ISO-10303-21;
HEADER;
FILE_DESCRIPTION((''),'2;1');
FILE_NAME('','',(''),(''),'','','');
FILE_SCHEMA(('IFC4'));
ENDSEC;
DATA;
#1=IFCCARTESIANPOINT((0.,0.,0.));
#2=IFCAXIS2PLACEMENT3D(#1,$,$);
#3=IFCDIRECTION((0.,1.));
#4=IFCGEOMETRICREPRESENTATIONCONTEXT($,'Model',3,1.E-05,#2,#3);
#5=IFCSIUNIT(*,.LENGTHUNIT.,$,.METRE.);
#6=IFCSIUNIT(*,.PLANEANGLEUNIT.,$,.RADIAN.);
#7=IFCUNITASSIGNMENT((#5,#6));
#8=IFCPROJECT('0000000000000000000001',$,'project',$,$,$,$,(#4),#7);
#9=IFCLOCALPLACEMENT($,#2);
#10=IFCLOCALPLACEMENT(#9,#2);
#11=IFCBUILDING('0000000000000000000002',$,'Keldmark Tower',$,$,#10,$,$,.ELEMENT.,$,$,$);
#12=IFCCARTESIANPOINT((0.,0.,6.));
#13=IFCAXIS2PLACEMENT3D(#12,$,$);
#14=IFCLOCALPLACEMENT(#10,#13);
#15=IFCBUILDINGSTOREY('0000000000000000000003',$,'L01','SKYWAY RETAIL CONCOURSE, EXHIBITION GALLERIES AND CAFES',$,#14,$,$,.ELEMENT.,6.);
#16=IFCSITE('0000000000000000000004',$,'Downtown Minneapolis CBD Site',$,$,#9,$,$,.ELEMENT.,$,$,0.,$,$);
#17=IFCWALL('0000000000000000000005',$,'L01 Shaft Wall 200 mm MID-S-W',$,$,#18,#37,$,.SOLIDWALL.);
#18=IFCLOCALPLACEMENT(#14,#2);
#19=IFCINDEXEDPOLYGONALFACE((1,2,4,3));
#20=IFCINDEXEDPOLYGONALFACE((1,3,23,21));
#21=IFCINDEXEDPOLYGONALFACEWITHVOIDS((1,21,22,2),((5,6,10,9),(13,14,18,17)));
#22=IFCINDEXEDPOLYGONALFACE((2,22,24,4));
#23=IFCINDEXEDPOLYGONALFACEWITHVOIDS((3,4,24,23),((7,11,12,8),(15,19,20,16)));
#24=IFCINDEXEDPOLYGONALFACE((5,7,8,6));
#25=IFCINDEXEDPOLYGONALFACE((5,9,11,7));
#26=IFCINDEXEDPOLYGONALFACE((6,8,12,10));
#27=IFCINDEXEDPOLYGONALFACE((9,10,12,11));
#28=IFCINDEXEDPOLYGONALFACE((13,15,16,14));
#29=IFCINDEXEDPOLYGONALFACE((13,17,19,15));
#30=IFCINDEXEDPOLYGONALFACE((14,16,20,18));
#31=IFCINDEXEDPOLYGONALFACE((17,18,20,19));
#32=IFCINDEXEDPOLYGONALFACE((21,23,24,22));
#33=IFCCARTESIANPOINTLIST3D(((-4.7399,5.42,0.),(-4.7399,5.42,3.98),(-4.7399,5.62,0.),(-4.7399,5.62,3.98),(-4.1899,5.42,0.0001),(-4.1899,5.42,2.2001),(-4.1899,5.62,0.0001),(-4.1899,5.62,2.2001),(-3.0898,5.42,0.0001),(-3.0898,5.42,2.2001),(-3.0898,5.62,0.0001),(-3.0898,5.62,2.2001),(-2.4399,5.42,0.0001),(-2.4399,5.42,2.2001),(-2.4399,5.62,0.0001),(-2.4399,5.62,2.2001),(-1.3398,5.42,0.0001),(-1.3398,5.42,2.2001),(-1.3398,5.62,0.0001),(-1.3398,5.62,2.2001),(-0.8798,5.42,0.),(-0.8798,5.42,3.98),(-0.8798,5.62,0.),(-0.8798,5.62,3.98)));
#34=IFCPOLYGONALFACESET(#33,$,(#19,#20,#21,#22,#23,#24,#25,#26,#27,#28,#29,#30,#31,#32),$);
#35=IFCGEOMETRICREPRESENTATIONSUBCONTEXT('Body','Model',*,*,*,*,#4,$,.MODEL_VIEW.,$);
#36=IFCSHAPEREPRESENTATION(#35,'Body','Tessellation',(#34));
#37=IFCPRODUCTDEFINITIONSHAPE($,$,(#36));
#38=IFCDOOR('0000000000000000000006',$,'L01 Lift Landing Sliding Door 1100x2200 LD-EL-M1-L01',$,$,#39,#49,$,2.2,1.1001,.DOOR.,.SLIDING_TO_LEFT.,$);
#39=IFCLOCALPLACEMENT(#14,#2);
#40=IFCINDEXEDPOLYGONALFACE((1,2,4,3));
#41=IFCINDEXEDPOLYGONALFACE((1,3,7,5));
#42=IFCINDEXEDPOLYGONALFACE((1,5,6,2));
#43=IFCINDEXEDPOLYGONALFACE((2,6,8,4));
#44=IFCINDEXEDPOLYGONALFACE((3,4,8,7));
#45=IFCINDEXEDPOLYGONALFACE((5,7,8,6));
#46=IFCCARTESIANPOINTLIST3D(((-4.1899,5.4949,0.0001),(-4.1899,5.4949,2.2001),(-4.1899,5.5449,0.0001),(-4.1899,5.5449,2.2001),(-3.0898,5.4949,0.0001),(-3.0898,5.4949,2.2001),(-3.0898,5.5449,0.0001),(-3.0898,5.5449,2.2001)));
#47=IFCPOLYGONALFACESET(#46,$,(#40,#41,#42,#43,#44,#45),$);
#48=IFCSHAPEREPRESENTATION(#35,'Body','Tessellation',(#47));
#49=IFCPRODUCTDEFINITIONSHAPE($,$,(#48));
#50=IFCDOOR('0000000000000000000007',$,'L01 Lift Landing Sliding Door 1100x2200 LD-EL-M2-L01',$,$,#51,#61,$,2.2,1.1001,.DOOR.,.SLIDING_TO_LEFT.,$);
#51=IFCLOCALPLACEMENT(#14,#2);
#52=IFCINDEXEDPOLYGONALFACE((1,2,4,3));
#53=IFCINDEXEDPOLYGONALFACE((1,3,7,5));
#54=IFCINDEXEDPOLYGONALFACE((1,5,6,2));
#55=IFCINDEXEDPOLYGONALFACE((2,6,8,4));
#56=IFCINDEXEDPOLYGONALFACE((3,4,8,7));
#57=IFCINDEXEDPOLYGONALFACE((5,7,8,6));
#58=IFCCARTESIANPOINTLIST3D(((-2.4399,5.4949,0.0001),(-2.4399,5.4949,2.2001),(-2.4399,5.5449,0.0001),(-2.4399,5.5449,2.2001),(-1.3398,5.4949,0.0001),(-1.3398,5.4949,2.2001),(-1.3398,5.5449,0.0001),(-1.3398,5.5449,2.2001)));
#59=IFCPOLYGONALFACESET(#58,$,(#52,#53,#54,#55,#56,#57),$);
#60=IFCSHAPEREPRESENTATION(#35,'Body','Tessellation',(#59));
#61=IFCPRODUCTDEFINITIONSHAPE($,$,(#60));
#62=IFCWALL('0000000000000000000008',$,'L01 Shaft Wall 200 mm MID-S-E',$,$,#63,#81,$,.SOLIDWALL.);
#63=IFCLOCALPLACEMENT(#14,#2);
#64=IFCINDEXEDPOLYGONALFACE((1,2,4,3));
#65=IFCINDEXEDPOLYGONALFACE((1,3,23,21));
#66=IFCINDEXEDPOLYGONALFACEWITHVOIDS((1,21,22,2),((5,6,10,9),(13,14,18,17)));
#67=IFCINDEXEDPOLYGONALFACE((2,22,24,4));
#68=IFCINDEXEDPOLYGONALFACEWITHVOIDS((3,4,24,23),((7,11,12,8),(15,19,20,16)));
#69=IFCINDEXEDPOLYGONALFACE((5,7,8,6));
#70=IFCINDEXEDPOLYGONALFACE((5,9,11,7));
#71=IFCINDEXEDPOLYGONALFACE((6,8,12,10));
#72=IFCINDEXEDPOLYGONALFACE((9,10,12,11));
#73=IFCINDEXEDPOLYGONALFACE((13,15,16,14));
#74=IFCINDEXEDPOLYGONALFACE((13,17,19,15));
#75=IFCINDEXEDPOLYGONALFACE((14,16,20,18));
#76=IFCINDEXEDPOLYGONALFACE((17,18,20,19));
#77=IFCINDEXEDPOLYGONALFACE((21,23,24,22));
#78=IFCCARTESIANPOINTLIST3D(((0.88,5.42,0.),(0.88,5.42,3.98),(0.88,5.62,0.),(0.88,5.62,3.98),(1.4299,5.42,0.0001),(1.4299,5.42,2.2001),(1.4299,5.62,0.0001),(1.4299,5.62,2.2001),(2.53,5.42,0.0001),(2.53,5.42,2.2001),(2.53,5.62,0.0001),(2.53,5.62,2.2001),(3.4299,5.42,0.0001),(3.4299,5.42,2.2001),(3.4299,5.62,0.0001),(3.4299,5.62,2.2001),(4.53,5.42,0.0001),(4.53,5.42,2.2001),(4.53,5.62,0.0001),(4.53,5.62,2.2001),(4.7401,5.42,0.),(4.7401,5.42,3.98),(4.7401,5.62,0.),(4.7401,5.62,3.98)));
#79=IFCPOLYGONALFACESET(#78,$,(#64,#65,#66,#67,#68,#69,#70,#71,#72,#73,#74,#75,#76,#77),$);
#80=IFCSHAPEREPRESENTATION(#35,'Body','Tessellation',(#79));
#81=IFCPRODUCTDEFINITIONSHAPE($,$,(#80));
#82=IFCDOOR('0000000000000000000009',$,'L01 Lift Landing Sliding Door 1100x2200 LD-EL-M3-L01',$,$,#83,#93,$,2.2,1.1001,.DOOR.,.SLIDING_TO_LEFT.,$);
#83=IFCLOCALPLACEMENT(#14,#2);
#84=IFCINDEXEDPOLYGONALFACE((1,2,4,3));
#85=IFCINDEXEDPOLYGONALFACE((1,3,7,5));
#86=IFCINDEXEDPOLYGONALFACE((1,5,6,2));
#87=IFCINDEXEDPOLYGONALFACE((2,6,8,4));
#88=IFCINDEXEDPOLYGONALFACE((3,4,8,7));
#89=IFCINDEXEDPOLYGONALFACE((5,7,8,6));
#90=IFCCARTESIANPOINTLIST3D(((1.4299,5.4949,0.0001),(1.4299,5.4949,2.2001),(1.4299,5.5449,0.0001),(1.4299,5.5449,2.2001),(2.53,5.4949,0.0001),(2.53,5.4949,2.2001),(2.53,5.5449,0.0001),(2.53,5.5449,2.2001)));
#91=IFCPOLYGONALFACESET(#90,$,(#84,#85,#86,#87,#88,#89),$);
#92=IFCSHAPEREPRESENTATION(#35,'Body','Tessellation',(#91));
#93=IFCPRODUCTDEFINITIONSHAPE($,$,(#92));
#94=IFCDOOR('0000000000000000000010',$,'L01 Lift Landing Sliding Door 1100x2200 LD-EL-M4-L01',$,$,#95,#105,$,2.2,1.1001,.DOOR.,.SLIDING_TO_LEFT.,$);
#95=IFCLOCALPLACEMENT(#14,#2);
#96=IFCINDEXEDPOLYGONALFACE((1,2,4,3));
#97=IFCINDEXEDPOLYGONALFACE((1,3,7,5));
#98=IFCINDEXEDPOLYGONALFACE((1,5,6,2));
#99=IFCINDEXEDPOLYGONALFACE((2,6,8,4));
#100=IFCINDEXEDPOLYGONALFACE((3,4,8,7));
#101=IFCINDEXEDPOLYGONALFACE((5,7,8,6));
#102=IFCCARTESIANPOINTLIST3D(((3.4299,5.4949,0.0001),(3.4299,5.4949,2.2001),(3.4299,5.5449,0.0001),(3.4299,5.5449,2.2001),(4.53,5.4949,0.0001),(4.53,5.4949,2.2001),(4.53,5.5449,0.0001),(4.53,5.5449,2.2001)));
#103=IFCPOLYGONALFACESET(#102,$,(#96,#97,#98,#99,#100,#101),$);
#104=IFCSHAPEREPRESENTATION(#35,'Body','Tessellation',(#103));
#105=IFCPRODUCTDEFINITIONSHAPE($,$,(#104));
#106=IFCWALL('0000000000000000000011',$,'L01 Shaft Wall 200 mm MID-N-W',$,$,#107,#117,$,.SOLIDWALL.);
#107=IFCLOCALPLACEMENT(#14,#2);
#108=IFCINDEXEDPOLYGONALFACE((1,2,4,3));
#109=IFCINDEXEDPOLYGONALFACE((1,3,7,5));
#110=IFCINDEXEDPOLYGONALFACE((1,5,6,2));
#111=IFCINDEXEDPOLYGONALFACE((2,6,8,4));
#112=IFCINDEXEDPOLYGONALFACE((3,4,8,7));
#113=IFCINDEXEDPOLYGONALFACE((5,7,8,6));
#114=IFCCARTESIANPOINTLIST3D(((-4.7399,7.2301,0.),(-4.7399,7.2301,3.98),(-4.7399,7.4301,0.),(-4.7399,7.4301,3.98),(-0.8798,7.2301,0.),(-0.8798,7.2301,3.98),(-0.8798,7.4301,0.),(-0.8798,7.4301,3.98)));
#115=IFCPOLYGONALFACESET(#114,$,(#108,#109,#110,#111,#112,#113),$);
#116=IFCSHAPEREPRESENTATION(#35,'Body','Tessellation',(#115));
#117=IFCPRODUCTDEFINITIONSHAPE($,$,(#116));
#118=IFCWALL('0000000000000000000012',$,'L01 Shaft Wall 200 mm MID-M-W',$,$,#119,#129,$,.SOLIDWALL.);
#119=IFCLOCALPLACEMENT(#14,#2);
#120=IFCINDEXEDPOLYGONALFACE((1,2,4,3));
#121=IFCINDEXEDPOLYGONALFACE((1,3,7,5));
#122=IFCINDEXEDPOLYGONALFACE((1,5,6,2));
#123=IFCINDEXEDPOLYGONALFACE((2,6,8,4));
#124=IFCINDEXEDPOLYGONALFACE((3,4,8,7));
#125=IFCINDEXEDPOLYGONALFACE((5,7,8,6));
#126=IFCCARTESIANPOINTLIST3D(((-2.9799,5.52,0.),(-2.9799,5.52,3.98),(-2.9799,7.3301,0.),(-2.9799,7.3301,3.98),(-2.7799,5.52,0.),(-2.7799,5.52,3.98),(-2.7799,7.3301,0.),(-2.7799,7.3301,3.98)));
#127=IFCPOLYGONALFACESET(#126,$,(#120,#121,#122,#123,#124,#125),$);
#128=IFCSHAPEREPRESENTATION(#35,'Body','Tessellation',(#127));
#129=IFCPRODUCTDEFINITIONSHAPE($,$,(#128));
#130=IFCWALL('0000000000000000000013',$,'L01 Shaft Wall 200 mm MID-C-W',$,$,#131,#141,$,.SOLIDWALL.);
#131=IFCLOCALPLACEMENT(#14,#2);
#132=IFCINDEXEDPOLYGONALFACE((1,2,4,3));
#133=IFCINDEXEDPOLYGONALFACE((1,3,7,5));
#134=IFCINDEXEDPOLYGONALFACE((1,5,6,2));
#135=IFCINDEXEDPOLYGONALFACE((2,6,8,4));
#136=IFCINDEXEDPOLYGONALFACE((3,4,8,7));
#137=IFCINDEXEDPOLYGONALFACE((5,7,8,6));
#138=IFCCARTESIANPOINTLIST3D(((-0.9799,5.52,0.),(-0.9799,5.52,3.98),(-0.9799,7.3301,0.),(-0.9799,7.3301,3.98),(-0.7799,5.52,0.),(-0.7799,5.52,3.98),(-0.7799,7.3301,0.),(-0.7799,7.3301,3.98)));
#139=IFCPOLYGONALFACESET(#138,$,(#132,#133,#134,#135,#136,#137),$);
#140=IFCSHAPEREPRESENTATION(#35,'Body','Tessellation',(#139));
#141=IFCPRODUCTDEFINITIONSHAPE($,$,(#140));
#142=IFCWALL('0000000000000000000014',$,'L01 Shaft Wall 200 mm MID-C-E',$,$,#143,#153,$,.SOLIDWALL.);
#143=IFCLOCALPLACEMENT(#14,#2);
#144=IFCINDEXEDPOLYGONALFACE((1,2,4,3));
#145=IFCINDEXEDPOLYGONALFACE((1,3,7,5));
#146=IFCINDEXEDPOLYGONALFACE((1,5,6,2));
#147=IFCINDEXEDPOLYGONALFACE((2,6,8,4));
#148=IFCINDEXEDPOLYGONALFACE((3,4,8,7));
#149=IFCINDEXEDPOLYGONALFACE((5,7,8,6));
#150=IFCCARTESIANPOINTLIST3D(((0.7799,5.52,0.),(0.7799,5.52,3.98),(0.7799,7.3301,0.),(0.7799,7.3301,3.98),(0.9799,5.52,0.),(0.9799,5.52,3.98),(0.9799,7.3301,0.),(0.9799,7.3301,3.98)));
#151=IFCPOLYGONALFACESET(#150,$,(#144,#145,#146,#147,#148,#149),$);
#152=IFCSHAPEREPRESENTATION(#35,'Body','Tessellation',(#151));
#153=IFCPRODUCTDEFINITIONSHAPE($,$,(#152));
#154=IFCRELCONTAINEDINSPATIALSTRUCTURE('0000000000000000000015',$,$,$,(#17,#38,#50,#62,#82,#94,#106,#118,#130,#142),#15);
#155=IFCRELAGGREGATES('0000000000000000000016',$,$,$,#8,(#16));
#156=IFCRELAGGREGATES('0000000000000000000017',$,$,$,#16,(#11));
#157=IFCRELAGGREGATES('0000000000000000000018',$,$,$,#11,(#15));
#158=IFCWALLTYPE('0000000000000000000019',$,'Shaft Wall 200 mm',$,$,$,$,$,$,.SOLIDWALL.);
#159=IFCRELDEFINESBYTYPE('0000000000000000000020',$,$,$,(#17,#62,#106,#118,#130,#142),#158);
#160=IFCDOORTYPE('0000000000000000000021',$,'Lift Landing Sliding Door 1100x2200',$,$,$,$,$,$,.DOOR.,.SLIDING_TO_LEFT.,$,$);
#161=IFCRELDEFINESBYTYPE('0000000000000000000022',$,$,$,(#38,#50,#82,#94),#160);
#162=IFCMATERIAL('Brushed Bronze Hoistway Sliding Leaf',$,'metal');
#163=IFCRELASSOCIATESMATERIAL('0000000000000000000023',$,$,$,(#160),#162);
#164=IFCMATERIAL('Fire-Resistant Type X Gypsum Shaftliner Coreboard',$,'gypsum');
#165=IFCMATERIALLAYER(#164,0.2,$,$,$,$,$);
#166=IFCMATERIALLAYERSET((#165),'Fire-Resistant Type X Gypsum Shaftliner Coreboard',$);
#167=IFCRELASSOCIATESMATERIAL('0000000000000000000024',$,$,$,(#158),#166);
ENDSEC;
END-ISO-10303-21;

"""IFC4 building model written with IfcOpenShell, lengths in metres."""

from ifc_helpers import new_model, si_unit, direction, frame, frame_2d, origin, place, context, subcontext, project, spatial, rectangle, extrude, material, layer, layer_set, type_object, element, fill, save


model = new_model("IFC4")

# Units and contexts
model_context = context("Model", 3, precision=1e-05, world=origin(), true_north=direction((0.0, 1.0)))
body_context = subcontext(model_context, "Body", "Model", "MODEL_VIEW")
ifc_project = project(units=[si_unit("LENGTHUNIT", "METRE"), si_unit("PLANEANGLEUNIT", "RADIAN")], contexts=[model_context])

# Site, building, storey
site_placement = place(None, origin())
site = spatial("IfcSite", under=ifc_project, at=site_placement, Name="Downtown Minneapolis CBD Site", CompositionType="ELEMENT", RefElevation=0.0)
building_placement = place(site_placement, origin())
building = spatial("IfcBuilding", under=site, at=building_placement, Name="Keldmark Tower", CompositionType="ELEMENT")
storey_placement = place(building_placement, frame((0.0, 0.0, 6.0)))
storey = spatial("IfcBuildingStorey", under=building, at=storey_placement, Name="L01", Description="SKYWAY RETAIL CONCOURSE, EXHIBITION GALLERIES AND CAFES", CompositionType="ELEMENT", Elevation=6.0)

# Shared definitions
ifc_material_1 = material(Name="Brushed Bronze Hoistway Sliding Leaf", Category="metal")
door_type_1 = type_object("IfcDoorType", Name="Lift Landing Sliding Door 1100x2200", OperationType="SLIDING_TO_LEFT", PredefinedType="DOOR", material=ifc_material_1)
ifc_material_2 = material(Name="Fire-Resistant Type X Gypsum Shaftliner Coreboard", Category="gypsum")
ifc_layer_1 = layer(ifc_material_2, 0.2)
ifc_layer_set_1 = layer_set([ifc_layer_1], Name="Fire-Resistant Type X Gypsum Shaftliner Coreboard")
wall_type_1 = type_object("IfcWallType", Name="Shaft Wall 200 mm", PredefinedType="SOLIDWALL", material=ifc_layer_set_1)

# Walls, openings, doors
wall_1_placement = place(storey_placement, frame((-4.74, 5.52, 0.0), z_axis=(0.0, 0.0, 1.0), x_axis=(1.0, 0.0, 0.0)))
wall_1 = element("IfcWall", 1, at=wall_1_placement, inside=storey, type_object=wall_type_1, Name="L01 Shaft Wall 200 mm MID-S-W", PredefinedType="SOLIDWALL", context=body_context, shape_type="SweptSolid", body=[
    extrude(rectangle(XDim=3.8601, YDim=0.2, at=frame_2d((1.9302, 0.0))), origin(), (0.0, 0.0, 1.0), 3.98),
])
opening_1_placement = place(wall_1_placement, frame((0.55, 0.0, 0.0)))
opening_1 = element("IfcOpeningElement", 2, at=opening_1_placement, cuts=wall_1, PredefinedType="OPENING", context=body_context, shape_type="SweptSolid", body=[
    extrude(rectangle(XDim=1.1001, YDim=2.2, at=frame_2d((0.55, 1.1001))), frame((0.0, 0.1099, 0.0), z_axis=(0.0, -1.0, 0.0), x_axis=(1.0, 0.0, 0.0)), (0.0, 0.0, 1.0), 0.22),
])
opening_2_placement = place(wall_1_placement, frame((2.3, 0.0, 0.0)))
opening_2 = element("IfcOpeningElement", 3, at=opening_2_placement, cuts=wall_1, PredefinedType="OPENING", context=body_context, shape_type="SweptSolid", body=[
    extrude(rectangle(XDim=1.1001, YDim=2.2, at=frame_2d((0.55, 1.1001))), frame((0.0, 0.1099, 0.0), z_axis=(0.0, -1.0, 0.0), x_axis=(1.0, 0.0, 0.0)), (0.0, 0.0, 1.0), 0.22),
])
door_1_placement = place(opening_1_placement, origin())
door_1 = element("IfcDoor", 4, at=door_1_placement, inside=storey, type_object=door_type_1, Name="L01 Lift Landing Sliding Door 1100x2200 LD-EL-M1-L01", OperationType="SLIDING_TO_LEFT", OverallHeight=2.2, OverallWidth=1.1001, PredefinedType="DOOR", context=body_context, shape_type="SweptSolid", body=[
    extrude(rectangle(XDim=1.1001, YDim=2.2, at=frame_2d((0.55, 1.1001))), frame((0.0, 0.0249, 0.0), z_axis=(0.0, -1.0, 0.0), x_axis=(1.0, 0.0, 0.0)), (0.0, 0.0, 1.0), 0.05),
])
fill(opening_1, door_1)
door_2_placement = place(opening_2_placement, origin())
door_2 = element("IfcDoor", 5, at=door_2_placement, inside=storey, type_object=door_type_1, Name="L01 Lift Landing Sliding Door 1100x2200 LD-EL-M2-L01", OperationType="SLIDING_TO_LEFT", OverallHeight=2.2, OverallWidth=1.1001, PredefinedType="DOOR", context=body_context, shape_type="SweptSolid", body=[
    extrude(rectangle(XDim=1.1001, YDim=2.2, at=frame_2d((0.55, 1.1001))), frame((0.0, 0.0249, 0.0), z_axis=(0.0, -1.0, 0.0), x_axis=(1.0, 0.0, 0.0)), (0.0, 0.0, 1.0), 0.05),
])
fill(opening_2, door_2)
wall_2_placement = place(storey_placement, frame((0.8799, 5.52, 0.0), z_axis=(0.0, 0.0, 1.0), x_axis=(1.0, 0.0, 0.0)))
wall_2 = element("IfcWall", 6, at=wall_2_placement, inside=storey, type_object=wall_type_1, Name="L01 Shaft Wall 200 mm MID-S-E", PredefinedType="SOLIDWALL", context=body_context, shape_type="SweptSolid", body=[
    extrude(rectangle(XDim=3.8601, YDim=0.2, at=frame_2d((1.9302, 0.0))), origin(), (0.0, 0.0, 1.0), 3.98),
])
opening_3_placement = place(wall_2_placement, frame((0.55, 0.0, 0.0)))
opening_3 = element("IfcOpeningElement", 7, at=opening_3_placement, cuts=wall_2, PredefinedType="OPENING", context=body_context, shape_type="SweptSolid", body=[
    extrude(rectangle(XDim=1.1001, YDim=2.2, at=frame_2d((0.55, 1.1001))), frame((0.0, 0.1099, 0.0), z_axis=(0.0, -1.0, 0.0), x_axis=(1.0, 0.0, 0.0)), (0.0, 0.0, 1.0), 0.22),
])
opening_4_placement = place(wall_2_placement, frame((2.55, 0.0, 0.0)))
opening_4 = element("IfcOpeningElement", 8, at=opening_4_placement, cuts=wall_2, PredefinedType="OPENING", context=body_context, shape_type="SweptSolid", body=[
    extrude(rectangle(XDim=1.1001, YDim=2.2, at=frame_2d((0.55, 1.1001))), frame((0.0, 0.1099, 0.0), z_axis=(0.0, -1.0, 0.0), x_axis=(1.0, 0.0, 0.0)), (0.0, 0.0, 1.0), 0.22),
])
door_3_placement = place(opening_3_placement, origin())
door_3 = element("IfcDoor", 9, at=door_3_placement, inside=storey, type_object=door_type_1, Name="L01 Lift Landing Sliding Door 1100x2200 LD-EL-M3-L01", OperationType="SLIDING_TO_LEFT", OverallHeight=2.2, OverallWidth=1.1001, PredefinedType="DOOR", context=body_context, shape_type="SweptSolid", body=[
    extrude(rectangle(XDim=1.1001, YDim=2.2, at=frame_2d((0.55, 1.1001))), frame((0.0, 0.0249, 0.0), z_axis=(0.0, -1.0, 0.0), x_axis=(1.0, 0.0, 0.0)), (0.0, 0.0, 1.0), 0.05),
])
fill(opening_3, door_3)
door_4_placement = place(opening_4_placement, origin())
door_4 = element("IfcDoor", 10, at=door_4_placement, inside=storey, type_object=door_type_1, Name="L01 Lift Landing Sliding Door 1100x2200 LD-EL-M4-L01", OperationType="SLIDING_TO_LEFT", OverallHeight=2.2, OverallWidth=1.1001, PredefinedType="DOOR", context=body_context, shape_type="SweptSolid", body=[
    extrude(rectangle(XDim=1.1001, YDim=2.2, at=frame_2d((0.55, 1.1001))), frame((0.0, 0.0249, 0.0), z_axis=(0.0, -1.0, 0.0), x_axis=(1.0, 0.0, 0.0)), (0.0, 0.0, 1.0), 0.05),
])
fill(opening_4, door_4)

# Walls
wall_3_placement = place(storey_placement, frame((-4.74, 7.3301, 0.0), z_axis=(0.0, 0.0, 1.0), x_axis=(1.0, 0.0, 0.0)))
element("IfcWall", 11, at=wall_3_placement, inside=storey, type_object=wall_type_1, Name="L01 Shaft Wall 200 mm MID-N-W", PredefinedType="SOLIDWALL", context=body_context, shape_type="SweptSolid", body=[
    extrude(rectangle(XDim=3.8601, YDim=0.2, at=frame_2d((1.9302, 0.0))), origin(), (0.0, 0.0, 1.0), 3.98),
])
for number, where, z_axis, x_axis, name in (
    (12, (-2.8799, 5.52, 0.0), (0.0, 0.0, 1.0), (0.0, 1.0, 0.0), "L01 Shaft Wall 200 mm MID-M-W"),
    (13, (-0.8799, 5.52, 0.0), (0.0, 0.0, 1.0), (0.0, 1.0, 0.0), "L01 Shaft Wall 200 mm MID-C-W"),
    (14, (0.8799, 5.52, 0.0), (0.0, 0.0, 1.0), (0.0, 1.0, 0.0), "L01 Shaft Wall 200 mm MID-C-E"),
):
    element("IfcWall", number, at=place(storey_placement, frame(where, z_axis=z_axis, x_axis=x_axis)), inside=storey, type_object=wall_type_1, Name=name, PredefinedType="SOLIDWALL", context=body_context, shape_type="SweptSolid", body=[
        extrude(rectangle(XDim=1.8101, YDim=0.2, at=frame_2d((0.905, 0.0))), origin(), (0.0, 0.0, 1.0), 3.98),
    ])

save(model, "model.ifc")
